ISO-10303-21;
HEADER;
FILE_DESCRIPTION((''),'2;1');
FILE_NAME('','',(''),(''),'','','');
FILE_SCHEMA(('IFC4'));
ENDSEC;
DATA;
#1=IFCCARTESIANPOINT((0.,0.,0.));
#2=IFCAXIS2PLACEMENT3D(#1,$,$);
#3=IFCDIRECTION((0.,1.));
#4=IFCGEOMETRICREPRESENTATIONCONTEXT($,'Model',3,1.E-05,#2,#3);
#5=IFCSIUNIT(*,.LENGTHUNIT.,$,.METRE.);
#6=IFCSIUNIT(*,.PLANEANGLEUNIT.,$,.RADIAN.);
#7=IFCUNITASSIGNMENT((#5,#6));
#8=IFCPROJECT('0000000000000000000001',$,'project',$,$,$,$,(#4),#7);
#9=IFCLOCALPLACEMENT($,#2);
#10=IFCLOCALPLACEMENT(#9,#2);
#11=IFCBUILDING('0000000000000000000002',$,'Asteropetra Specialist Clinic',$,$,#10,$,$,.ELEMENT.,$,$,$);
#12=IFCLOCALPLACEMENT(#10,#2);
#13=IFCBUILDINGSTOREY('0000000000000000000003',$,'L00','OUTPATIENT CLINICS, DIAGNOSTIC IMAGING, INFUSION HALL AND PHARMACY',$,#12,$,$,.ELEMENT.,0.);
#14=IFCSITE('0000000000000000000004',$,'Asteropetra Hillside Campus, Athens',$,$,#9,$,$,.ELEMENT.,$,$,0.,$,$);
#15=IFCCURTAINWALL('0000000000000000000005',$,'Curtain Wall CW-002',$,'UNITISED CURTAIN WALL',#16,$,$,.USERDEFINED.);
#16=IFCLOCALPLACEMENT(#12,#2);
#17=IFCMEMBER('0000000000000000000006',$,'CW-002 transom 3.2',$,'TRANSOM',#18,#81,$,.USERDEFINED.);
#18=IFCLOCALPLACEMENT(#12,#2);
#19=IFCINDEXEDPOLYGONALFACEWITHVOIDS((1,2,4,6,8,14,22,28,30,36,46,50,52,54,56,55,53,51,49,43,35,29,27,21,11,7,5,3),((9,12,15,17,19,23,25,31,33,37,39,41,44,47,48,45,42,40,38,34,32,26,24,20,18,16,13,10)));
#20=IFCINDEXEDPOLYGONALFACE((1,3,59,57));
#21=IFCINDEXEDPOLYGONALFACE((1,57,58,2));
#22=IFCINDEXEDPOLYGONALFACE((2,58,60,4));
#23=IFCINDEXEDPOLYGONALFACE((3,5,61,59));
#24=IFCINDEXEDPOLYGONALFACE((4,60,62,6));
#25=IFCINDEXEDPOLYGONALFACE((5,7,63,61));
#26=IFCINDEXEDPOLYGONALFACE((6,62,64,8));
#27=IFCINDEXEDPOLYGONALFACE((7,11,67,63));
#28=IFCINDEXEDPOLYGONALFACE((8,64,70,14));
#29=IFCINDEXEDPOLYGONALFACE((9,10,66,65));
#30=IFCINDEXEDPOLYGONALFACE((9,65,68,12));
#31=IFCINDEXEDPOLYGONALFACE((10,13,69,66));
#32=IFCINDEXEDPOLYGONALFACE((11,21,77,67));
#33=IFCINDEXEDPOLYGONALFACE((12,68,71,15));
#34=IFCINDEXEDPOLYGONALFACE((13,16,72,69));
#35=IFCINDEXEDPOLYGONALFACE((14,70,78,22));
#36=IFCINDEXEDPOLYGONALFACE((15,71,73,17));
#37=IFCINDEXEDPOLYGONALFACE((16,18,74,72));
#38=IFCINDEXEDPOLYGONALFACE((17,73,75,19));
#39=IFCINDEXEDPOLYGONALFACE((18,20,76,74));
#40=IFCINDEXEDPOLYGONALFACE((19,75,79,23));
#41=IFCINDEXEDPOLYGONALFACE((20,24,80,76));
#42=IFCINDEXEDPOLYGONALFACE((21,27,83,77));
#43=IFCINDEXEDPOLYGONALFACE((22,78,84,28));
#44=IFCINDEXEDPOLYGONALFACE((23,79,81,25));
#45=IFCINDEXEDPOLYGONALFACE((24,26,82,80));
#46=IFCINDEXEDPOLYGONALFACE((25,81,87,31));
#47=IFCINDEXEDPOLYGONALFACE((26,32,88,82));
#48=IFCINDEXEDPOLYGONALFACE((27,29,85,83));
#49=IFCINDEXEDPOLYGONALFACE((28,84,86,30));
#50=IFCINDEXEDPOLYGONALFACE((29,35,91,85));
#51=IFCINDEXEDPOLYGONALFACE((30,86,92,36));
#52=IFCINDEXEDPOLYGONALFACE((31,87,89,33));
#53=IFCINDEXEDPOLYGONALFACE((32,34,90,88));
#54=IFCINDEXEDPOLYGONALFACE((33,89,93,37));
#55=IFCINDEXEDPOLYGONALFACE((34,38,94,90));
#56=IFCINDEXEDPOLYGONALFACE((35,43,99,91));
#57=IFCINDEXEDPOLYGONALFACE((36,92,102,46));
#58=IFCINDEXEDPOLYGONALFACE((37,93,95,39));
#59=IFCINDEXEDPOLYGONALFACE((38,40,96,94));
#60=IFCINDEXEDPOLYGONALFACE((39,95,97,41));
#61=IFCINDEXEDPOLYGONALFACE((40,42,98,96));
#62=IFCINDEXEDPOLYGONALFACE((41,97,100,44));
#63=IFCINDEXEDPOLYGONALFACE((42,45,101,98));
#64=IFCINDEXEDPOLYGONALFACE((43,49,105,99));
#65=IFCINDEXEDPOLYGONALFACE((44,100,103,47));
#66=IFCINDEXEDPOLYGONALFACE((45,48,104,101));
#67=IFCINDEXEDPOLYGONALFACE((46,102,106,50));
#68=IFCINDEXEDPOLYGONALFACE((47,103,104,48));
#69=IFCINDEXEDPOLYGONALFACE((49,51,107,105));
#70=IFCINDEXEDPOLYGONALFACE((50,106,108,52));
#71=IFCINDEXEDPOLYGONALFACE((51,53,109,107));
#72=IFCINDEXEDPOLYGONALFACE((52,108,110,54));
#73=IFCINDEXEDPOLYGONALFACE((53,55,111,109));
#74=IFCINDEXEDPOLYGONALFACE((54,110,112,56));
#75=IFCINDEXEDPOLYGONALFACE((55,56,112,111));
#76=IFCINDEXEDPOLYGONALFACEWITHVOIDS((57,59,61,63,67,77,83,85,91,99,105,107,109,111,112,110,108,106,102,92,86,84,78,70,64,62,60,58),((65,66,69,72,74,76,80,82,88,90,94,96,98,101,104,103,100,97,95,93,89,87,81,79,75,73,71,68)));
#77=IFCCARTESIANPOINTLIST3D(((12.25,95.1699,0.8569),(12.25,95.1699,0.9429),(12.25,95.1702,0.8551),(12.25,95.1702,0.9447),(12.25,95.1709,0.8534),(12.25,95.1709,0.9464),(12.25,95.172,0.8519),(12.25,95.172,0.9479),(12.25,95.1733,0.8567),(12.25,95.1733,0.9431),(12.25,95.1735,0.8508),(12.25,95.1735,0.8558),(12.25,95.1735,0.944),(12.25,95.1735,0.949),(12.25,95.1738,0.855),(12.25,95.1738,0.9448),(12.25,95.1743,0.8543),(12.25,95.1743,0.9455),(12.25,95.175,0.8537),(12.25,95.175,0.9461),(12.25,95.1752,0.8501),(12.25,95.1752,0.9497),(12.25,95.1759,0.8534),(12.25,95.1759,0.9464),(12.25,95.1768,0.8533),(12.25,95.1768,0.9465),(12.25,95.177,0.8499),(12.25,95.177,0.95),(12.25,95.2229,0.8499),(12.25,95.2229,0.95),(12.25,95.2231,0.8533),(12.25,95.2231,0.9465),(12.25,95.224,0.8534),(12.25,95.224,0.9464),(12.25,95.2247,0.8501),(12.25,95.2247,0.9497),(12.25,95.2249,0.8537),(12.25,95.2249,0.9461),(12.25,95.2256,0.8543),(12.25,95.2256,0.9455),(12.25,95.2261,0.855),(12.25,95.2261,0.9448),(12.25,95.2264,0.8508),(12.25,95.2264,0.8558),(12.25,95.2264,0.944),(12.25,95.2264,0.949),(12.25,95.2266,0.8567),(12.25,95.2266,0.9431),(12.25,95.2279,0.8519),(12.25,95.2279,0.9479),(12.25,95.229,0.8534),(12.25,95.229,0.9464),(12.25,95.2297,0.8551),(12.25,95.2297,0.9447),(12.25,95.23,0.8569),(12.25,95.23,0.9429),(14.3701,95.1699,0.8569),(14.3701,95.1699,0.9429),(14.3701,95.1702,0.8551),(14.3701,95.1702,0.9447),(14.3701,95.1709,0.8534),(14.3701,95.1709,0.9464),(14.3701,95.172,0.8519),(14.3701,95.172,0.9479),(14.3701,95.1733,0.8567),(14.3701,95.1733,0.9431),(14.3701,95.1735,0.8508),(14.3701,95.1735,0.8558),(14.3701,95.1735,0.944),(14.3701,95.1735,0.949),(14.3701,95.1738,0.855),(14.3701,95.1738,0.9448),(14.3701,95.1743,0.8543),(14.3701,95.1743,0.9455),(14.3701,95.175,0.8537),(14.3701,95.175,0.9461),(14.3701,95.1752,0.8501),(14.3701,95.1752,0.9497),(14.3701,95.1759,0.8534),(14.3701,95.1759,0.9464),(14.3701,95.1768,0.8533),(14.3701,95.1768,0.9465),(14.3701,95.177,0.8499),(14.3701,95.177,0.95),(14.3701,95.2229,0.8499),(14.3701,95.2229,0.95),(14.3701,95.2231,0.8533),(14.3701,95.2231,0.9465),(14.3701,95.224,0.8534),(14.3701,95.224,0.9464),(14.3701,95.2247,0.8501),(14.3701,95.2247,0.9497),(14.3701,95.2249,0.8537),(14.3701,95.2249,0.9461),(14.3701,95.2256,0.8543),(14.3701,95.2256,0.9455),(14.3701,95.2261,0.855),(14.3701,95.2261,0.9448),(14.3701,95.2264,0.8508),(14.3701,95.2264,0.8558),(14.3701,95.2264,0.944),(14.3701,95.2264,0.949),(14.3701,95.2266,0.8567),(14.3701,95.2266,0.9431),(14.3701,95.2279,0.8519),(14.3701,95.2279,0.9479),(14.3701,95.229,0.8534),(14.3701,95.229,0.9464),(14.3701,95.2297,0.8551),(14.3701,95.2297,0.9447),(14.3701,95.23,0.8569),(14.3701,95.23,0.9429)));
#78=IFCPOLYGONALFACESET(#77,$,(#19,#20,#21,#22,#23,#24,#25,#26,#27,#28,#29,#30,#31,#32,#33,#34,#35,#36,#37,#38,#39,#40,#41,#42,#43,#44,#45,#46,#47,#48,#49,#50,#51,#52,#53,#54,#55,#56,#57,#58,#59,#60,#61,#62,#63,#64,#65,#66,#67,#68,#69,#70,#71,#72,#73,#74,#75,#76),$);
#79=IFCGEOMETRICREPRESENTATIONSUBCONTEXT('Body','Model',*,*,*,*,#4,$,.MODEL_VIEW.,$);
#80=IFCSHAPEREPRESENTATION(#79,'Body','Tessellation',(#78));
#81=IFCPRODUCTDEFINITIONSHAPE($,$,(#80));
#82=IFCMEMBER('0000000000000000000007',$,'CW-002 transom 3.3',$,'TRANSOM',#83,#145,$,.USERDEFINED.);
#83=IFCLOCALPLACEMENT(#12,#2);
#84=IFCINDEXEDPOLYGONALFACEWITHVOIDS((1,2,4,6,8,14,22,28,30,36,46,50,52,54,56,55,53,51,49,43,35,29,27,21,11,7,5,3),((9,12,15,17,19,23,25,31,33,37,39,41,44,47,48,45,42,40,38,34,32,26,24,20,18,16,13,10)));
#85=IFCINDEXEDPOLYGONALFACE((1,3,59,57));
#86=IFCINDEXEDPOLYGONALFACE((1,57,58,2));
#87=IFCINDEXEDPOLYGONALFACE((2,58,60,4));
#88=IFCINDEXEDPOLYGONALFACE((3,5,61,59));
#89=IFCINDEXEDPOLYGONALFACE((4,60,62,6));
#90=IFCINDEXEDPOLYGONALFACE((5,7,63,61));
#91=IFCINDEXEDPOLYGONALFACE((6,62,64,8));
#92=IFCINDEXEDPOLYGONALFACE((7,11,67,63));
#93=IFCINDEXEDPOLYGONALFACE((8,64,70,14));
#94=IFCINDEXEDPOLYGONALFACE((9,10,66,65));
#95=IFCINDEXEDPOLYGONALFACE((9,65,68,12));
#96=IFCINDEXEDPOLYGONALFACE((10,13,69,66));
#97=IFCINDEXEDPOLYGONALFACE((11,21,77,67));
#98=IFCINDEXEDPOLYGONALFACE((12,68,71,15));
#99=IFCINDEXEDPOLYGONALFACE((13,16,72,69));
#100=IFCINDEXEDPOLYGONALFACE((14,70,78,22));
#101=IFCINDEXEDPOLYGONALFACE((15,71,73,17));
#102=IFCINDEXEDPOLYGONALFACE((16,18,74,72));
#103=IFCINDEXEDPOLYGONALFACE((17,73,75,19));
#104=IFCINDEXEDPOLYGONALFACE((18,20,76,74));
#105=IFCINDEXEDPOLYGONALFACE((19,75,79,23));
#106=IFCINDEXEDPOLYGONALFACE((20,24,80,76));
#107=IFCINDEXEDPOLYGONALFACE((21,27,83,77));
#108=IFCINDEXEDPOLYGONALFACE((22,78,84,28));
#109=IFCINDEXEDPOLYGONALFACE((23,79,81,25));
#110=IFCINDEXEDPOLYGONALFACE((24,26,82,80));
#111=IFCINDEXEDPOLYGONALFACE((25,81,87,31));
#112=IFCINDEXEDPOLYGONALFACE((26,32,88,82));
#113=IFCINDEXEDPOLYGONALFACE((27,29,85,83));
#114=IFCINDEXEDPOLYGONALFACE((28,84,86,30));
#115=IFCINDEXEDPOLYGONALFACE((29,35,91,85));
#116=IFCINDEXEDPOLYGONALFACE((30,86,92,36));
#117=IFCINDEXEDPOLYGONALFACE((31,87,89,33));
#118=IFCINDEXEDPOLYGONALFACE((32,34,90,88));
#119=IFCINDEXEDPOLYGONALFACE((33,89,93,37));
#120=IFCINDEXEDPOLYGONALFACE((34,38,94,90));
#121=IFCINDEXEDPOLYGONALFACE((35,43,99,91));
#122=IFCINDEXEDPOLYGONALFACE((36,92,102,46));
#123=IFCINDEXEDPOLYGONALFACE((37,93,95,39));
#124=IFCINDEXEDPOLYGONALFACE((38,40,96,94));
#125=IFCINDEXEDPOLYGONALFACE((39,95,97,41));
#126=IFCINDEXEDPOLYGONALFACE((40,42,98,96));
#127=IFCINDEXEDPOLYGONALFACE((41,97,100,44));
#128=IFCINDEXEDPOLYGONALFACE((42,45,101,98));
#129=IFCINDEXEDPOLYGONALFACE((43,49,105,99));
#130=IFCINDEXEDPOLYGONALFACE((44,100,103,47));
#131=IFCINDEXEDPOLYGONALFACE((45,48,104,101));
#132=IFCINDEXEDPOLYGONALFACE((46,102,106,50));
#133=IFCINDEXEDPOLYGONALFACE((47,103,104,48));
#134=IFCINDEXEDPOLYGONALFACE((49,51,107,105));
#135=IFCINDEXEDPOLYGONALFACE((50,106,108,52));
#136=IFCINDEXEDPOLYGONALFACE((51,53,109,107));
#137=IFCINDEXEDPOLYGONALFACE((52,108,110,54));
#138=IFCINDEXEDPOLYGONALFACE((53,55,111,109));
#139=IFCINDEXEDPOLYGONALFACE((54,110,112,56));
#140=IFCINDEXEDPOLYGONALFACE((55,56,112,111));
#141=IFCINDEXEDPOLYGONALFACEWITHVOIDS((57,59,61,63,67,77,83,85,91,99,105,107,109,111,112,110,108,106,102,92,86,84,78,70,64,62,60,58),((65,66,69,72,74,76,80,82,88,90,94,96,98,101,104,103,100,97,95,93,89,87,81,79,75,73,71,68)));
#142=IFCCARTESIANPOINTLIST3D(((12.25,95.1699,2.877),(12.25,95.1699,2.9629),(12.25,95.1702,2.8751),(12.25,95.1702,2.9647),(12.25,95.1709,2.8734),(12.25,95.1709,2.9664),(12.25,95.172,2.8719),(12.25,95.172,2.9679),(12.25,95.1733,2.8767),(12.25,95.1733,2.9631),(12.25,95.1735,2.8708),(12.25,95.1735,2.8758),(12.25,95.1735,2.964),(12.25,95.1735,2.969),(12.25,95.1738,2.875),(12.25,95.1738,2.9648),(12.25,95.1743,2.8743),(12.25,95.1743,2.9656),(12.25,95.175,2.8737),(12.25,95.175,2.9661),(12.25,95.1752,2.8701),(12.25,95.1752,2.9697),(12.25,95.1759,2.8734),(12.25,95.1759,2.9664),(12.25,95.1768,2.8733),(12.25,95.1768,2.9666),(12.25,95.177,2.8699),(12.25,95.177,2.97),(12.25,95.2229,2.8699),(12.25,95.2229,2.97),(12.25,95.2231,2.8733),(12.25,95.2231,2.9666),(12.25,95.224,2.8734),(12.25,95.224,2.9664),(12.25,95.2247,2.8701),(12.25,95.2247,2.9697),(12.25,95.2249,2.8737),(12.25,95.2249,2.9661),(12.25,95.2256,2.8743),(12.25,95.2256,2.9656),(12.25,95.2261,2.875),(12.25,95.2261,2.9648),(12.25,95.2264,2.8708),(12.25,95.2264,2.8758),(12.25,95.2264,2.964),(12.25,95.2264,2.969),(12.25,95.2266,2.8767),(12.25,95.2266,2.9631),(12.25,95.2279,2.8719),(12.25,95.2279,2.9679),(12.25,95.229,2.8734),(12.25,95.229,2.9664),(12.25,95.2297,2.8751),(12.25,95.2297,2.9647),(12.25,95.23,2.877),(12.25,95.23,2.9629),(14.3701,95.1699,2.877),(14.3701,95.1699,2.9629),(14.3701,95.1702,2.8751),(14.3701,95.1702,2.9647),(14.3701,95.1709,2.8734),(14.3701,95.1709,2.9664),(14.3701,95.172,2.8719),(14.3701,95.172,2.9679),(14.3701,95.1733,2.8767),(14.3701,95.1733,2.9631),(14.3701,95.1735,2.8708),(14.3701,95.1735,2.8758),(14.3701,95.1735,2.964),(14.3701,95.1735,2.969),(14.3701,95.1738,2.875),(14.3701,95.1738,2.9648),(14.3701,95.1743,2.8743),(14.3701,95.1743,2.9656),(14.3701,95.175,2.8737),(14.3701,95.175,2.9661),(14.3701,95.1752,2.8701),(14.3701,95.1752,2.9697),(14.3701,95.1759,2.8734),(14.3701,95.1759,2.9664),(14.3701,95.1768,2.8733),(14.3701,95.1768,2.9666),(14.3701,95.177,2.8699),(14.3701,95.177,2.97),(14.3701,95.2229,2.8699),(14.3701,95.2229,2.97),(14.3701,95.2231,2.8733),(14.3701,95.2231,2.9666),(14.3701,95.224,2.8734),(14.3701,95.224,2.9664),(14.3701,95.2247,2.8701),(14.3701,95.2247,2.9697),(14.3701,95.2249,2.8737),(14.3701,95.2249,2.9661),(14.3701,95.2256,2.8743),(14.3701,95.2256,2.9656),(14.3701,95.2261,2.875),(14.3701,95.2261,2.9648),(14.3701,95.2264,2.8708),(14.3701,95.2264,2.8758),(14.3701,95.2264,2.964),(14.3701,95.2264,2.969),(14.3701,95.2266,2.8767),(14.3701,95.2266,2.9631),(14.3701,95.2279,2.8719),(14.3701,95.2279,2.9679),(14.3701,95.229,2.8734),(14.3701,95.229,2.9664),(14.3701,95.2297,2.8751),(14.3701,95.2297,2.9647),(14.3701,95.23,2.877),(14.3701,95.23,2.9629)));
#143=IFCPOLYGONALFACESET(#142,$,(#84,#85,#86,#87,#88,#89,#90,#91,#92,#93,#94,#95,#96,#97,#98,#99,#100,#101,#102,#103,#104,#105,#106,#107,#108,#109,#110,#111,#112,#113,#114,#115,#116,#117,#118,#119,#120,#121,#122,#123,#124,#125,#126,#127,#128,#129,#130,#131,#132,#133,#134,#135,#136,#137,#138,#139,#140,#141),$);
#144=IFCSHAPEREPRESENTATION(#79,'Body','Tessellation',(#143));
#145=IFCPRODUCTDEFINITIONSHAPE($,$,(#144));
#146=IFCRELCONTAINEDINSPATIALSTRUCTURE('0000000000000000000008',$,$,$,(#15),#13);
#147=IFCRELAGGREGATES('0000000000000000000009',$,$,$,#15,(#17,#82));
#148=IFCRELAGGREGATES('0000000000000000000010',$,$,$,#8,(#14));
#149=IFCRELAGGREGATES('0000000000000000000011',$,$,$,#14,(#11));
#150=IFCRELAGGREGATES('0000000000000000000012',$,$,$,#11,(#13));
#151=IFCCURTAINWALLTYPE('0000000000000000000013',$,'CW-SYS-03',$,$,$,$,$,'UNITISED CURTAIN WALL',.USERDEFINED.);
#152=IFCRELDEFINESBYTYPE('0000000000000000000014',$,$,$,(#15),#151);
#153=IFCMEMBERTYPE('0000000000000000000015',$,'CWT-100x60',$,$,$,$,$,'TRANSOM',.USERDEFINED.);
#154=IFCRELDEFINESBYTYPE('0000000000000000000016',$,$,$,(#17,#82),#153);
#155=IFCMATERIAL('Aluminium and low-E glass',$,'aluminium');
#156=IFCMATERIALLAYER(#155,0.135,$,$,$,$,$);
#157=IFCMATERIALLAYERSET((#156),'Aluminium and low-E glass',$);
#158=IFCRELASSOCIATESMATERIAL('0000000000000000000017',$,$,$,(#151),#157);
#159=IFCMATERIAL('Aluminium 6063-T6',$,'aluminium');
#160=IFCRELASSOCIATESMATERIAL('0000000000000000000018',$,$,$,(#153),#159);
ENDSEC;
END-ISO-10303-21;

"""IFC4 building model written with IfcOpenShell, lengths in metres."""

from ifc_helpers import new_model, si_unit, direction, frame, origin, origin_2d, place, context, subcontext, project, spatial, hollow_rectangle, extrude, material, layer, layer_set, material_profile, profile_set, type_object, element, aggregate, save


model = new_model("IFC4")

# Units and contexts
model_context = context("Model", 3, precision=1e-05, world=origin(), true_north=direction((0.0, 1.0)))
body_context = subcontext(model_context, "Body", "Model", "MODEL_VIEW")
ifc_project = project(units=[si_unit("LENGTHUNIT", "METRE"), si_unit("PLANEANGLEUNIT", "RADIAN")], contexts=[model_context])

# Site, building, storey
site_placement = place(None, origin())
site = spatial("IfcSite", under=ifc_project, at=site_placement, Name="Asteropetra Hillside Campus, Athens", CompositionType="ELEMENT", RefElevation=0.0)
building_placement = place(site_placement, origin())
building = spatial("IfcBuilding", under=site, at=building_placement, Name="Asteropetra Specialist Clinic", CompositionType="ELEMENT")
storey_placement = place(building_placement, origin())
storey = spatial("IfcBuildingStorey", under=building, at=storey_placement, Name="L00", Description="OUTPATIENT CLINICS, DIAGNOSTIC IMAGING, INFUSION HALL AND PHARMACY", CompositionType="ELEMENT", Elevation=0.0)

# Curtain wall
ifc_material_1 = material(Name="Aluminium and low-E glass", Category="aluminium")
ifc_layer_1 = layer(ifc_material_1, 0.135)
ifc_layer_set_1 = layer_set([ifc_layer_1], Name="Aluminium and low-E glass")
curtain_wall_type_1 = type_object("IfcCurtainWallType", Name="CW-SYS-03", ElementType="UNITISED CURTAIN WALL", PredefinedType="USERDEFINED", material=ifc_layer_set_1)
curtain_wall_1_placement = place(storey_placement, origin())
curtain_wall_1 = element("IfcCurtainWall", 1, at=curtain_wall_1_placement, inside=storey, type_object=curtain_wall_type_1, Name="Curtain Wall CW-002", ObjectType="UNITISED CURTAIN WALL", PredefinedType="USERDEFINED")

# Members
ifc_material_2 = material(Name="Aluminium 6063-T6", Category="aluminium")
ifc_material_profile_1 = material_profile(ifc_material_2, hollow_rectangle(XDim=0.0601, YDim=0.1001, WallThickness=0.0034, InnerFilletRadius=0.0034, OuterFilletRadius=0.0071, at=origin_2d()), Name="TRN 100x60x3.5")
ifc_profile_set_1 = profile_set([ifc_material_profile_1], Name="Aluminium 6063-T6")
member_type_1 = type_object("IfcMemberType", Name="CWT-100x60", ElementType="TRANSOM", PredefinedType="USERDEFINED", material=ifc_profile_set_1)
member_1_placement = place(storey_placement, frame((14.3701, 95.2, 0.8999), z_axis=(-1.0, 0.0, 0.0), x_axis=(0.0, -1.0, 0.0)))
member_1 = element("IfcMember", 2, at=member_1_placement, type_object=member_type_1, Name="CW-002 transom 3.2", ObjectType="TRANSOM", PredefinedType="USERDEFINED", context=body_context, shape_type="SweptSolid", body=[
    extrude(hollow_rectangle(XDim=0.0601, YDim=0.1001, WallThickness=0.0034, InnerFilletRadius=0.0034, OuterFilletRadius=0.0071, at=origin_2d()), origin(), (0.0, 0.0, 1.0), 2.1201),
])
member_2_placement = place(storey_placement, frame((14.3701, 95.2, 2.9199), z_axis=(-1.0, 0.0, 0.0), x_axis=(0.0, -1.0, 0.0)))
member_2 = element("IfcMember", 3, at=member_2_placement, type_object=member_type_1, Name="CW-002 transom 3.3", ObjectType="TRANSOM", PredefinedType="USERDEFINED", context=body_context, shape_type="SweptSolid", body=[
    extrude(hollow_rectangle(XDim=0.0601, YDim=0.1001, WallThickness=0.0034, InnerFilletRadius=0.0034, OuterFilletRadius=0.0071, at=origin_2d()), origin(), (0.0, 0.0, 1.0), 2.1201),
])

aggregate(curtain_wall_1, [member_1, member_2])

save(model, "model.ifc")
